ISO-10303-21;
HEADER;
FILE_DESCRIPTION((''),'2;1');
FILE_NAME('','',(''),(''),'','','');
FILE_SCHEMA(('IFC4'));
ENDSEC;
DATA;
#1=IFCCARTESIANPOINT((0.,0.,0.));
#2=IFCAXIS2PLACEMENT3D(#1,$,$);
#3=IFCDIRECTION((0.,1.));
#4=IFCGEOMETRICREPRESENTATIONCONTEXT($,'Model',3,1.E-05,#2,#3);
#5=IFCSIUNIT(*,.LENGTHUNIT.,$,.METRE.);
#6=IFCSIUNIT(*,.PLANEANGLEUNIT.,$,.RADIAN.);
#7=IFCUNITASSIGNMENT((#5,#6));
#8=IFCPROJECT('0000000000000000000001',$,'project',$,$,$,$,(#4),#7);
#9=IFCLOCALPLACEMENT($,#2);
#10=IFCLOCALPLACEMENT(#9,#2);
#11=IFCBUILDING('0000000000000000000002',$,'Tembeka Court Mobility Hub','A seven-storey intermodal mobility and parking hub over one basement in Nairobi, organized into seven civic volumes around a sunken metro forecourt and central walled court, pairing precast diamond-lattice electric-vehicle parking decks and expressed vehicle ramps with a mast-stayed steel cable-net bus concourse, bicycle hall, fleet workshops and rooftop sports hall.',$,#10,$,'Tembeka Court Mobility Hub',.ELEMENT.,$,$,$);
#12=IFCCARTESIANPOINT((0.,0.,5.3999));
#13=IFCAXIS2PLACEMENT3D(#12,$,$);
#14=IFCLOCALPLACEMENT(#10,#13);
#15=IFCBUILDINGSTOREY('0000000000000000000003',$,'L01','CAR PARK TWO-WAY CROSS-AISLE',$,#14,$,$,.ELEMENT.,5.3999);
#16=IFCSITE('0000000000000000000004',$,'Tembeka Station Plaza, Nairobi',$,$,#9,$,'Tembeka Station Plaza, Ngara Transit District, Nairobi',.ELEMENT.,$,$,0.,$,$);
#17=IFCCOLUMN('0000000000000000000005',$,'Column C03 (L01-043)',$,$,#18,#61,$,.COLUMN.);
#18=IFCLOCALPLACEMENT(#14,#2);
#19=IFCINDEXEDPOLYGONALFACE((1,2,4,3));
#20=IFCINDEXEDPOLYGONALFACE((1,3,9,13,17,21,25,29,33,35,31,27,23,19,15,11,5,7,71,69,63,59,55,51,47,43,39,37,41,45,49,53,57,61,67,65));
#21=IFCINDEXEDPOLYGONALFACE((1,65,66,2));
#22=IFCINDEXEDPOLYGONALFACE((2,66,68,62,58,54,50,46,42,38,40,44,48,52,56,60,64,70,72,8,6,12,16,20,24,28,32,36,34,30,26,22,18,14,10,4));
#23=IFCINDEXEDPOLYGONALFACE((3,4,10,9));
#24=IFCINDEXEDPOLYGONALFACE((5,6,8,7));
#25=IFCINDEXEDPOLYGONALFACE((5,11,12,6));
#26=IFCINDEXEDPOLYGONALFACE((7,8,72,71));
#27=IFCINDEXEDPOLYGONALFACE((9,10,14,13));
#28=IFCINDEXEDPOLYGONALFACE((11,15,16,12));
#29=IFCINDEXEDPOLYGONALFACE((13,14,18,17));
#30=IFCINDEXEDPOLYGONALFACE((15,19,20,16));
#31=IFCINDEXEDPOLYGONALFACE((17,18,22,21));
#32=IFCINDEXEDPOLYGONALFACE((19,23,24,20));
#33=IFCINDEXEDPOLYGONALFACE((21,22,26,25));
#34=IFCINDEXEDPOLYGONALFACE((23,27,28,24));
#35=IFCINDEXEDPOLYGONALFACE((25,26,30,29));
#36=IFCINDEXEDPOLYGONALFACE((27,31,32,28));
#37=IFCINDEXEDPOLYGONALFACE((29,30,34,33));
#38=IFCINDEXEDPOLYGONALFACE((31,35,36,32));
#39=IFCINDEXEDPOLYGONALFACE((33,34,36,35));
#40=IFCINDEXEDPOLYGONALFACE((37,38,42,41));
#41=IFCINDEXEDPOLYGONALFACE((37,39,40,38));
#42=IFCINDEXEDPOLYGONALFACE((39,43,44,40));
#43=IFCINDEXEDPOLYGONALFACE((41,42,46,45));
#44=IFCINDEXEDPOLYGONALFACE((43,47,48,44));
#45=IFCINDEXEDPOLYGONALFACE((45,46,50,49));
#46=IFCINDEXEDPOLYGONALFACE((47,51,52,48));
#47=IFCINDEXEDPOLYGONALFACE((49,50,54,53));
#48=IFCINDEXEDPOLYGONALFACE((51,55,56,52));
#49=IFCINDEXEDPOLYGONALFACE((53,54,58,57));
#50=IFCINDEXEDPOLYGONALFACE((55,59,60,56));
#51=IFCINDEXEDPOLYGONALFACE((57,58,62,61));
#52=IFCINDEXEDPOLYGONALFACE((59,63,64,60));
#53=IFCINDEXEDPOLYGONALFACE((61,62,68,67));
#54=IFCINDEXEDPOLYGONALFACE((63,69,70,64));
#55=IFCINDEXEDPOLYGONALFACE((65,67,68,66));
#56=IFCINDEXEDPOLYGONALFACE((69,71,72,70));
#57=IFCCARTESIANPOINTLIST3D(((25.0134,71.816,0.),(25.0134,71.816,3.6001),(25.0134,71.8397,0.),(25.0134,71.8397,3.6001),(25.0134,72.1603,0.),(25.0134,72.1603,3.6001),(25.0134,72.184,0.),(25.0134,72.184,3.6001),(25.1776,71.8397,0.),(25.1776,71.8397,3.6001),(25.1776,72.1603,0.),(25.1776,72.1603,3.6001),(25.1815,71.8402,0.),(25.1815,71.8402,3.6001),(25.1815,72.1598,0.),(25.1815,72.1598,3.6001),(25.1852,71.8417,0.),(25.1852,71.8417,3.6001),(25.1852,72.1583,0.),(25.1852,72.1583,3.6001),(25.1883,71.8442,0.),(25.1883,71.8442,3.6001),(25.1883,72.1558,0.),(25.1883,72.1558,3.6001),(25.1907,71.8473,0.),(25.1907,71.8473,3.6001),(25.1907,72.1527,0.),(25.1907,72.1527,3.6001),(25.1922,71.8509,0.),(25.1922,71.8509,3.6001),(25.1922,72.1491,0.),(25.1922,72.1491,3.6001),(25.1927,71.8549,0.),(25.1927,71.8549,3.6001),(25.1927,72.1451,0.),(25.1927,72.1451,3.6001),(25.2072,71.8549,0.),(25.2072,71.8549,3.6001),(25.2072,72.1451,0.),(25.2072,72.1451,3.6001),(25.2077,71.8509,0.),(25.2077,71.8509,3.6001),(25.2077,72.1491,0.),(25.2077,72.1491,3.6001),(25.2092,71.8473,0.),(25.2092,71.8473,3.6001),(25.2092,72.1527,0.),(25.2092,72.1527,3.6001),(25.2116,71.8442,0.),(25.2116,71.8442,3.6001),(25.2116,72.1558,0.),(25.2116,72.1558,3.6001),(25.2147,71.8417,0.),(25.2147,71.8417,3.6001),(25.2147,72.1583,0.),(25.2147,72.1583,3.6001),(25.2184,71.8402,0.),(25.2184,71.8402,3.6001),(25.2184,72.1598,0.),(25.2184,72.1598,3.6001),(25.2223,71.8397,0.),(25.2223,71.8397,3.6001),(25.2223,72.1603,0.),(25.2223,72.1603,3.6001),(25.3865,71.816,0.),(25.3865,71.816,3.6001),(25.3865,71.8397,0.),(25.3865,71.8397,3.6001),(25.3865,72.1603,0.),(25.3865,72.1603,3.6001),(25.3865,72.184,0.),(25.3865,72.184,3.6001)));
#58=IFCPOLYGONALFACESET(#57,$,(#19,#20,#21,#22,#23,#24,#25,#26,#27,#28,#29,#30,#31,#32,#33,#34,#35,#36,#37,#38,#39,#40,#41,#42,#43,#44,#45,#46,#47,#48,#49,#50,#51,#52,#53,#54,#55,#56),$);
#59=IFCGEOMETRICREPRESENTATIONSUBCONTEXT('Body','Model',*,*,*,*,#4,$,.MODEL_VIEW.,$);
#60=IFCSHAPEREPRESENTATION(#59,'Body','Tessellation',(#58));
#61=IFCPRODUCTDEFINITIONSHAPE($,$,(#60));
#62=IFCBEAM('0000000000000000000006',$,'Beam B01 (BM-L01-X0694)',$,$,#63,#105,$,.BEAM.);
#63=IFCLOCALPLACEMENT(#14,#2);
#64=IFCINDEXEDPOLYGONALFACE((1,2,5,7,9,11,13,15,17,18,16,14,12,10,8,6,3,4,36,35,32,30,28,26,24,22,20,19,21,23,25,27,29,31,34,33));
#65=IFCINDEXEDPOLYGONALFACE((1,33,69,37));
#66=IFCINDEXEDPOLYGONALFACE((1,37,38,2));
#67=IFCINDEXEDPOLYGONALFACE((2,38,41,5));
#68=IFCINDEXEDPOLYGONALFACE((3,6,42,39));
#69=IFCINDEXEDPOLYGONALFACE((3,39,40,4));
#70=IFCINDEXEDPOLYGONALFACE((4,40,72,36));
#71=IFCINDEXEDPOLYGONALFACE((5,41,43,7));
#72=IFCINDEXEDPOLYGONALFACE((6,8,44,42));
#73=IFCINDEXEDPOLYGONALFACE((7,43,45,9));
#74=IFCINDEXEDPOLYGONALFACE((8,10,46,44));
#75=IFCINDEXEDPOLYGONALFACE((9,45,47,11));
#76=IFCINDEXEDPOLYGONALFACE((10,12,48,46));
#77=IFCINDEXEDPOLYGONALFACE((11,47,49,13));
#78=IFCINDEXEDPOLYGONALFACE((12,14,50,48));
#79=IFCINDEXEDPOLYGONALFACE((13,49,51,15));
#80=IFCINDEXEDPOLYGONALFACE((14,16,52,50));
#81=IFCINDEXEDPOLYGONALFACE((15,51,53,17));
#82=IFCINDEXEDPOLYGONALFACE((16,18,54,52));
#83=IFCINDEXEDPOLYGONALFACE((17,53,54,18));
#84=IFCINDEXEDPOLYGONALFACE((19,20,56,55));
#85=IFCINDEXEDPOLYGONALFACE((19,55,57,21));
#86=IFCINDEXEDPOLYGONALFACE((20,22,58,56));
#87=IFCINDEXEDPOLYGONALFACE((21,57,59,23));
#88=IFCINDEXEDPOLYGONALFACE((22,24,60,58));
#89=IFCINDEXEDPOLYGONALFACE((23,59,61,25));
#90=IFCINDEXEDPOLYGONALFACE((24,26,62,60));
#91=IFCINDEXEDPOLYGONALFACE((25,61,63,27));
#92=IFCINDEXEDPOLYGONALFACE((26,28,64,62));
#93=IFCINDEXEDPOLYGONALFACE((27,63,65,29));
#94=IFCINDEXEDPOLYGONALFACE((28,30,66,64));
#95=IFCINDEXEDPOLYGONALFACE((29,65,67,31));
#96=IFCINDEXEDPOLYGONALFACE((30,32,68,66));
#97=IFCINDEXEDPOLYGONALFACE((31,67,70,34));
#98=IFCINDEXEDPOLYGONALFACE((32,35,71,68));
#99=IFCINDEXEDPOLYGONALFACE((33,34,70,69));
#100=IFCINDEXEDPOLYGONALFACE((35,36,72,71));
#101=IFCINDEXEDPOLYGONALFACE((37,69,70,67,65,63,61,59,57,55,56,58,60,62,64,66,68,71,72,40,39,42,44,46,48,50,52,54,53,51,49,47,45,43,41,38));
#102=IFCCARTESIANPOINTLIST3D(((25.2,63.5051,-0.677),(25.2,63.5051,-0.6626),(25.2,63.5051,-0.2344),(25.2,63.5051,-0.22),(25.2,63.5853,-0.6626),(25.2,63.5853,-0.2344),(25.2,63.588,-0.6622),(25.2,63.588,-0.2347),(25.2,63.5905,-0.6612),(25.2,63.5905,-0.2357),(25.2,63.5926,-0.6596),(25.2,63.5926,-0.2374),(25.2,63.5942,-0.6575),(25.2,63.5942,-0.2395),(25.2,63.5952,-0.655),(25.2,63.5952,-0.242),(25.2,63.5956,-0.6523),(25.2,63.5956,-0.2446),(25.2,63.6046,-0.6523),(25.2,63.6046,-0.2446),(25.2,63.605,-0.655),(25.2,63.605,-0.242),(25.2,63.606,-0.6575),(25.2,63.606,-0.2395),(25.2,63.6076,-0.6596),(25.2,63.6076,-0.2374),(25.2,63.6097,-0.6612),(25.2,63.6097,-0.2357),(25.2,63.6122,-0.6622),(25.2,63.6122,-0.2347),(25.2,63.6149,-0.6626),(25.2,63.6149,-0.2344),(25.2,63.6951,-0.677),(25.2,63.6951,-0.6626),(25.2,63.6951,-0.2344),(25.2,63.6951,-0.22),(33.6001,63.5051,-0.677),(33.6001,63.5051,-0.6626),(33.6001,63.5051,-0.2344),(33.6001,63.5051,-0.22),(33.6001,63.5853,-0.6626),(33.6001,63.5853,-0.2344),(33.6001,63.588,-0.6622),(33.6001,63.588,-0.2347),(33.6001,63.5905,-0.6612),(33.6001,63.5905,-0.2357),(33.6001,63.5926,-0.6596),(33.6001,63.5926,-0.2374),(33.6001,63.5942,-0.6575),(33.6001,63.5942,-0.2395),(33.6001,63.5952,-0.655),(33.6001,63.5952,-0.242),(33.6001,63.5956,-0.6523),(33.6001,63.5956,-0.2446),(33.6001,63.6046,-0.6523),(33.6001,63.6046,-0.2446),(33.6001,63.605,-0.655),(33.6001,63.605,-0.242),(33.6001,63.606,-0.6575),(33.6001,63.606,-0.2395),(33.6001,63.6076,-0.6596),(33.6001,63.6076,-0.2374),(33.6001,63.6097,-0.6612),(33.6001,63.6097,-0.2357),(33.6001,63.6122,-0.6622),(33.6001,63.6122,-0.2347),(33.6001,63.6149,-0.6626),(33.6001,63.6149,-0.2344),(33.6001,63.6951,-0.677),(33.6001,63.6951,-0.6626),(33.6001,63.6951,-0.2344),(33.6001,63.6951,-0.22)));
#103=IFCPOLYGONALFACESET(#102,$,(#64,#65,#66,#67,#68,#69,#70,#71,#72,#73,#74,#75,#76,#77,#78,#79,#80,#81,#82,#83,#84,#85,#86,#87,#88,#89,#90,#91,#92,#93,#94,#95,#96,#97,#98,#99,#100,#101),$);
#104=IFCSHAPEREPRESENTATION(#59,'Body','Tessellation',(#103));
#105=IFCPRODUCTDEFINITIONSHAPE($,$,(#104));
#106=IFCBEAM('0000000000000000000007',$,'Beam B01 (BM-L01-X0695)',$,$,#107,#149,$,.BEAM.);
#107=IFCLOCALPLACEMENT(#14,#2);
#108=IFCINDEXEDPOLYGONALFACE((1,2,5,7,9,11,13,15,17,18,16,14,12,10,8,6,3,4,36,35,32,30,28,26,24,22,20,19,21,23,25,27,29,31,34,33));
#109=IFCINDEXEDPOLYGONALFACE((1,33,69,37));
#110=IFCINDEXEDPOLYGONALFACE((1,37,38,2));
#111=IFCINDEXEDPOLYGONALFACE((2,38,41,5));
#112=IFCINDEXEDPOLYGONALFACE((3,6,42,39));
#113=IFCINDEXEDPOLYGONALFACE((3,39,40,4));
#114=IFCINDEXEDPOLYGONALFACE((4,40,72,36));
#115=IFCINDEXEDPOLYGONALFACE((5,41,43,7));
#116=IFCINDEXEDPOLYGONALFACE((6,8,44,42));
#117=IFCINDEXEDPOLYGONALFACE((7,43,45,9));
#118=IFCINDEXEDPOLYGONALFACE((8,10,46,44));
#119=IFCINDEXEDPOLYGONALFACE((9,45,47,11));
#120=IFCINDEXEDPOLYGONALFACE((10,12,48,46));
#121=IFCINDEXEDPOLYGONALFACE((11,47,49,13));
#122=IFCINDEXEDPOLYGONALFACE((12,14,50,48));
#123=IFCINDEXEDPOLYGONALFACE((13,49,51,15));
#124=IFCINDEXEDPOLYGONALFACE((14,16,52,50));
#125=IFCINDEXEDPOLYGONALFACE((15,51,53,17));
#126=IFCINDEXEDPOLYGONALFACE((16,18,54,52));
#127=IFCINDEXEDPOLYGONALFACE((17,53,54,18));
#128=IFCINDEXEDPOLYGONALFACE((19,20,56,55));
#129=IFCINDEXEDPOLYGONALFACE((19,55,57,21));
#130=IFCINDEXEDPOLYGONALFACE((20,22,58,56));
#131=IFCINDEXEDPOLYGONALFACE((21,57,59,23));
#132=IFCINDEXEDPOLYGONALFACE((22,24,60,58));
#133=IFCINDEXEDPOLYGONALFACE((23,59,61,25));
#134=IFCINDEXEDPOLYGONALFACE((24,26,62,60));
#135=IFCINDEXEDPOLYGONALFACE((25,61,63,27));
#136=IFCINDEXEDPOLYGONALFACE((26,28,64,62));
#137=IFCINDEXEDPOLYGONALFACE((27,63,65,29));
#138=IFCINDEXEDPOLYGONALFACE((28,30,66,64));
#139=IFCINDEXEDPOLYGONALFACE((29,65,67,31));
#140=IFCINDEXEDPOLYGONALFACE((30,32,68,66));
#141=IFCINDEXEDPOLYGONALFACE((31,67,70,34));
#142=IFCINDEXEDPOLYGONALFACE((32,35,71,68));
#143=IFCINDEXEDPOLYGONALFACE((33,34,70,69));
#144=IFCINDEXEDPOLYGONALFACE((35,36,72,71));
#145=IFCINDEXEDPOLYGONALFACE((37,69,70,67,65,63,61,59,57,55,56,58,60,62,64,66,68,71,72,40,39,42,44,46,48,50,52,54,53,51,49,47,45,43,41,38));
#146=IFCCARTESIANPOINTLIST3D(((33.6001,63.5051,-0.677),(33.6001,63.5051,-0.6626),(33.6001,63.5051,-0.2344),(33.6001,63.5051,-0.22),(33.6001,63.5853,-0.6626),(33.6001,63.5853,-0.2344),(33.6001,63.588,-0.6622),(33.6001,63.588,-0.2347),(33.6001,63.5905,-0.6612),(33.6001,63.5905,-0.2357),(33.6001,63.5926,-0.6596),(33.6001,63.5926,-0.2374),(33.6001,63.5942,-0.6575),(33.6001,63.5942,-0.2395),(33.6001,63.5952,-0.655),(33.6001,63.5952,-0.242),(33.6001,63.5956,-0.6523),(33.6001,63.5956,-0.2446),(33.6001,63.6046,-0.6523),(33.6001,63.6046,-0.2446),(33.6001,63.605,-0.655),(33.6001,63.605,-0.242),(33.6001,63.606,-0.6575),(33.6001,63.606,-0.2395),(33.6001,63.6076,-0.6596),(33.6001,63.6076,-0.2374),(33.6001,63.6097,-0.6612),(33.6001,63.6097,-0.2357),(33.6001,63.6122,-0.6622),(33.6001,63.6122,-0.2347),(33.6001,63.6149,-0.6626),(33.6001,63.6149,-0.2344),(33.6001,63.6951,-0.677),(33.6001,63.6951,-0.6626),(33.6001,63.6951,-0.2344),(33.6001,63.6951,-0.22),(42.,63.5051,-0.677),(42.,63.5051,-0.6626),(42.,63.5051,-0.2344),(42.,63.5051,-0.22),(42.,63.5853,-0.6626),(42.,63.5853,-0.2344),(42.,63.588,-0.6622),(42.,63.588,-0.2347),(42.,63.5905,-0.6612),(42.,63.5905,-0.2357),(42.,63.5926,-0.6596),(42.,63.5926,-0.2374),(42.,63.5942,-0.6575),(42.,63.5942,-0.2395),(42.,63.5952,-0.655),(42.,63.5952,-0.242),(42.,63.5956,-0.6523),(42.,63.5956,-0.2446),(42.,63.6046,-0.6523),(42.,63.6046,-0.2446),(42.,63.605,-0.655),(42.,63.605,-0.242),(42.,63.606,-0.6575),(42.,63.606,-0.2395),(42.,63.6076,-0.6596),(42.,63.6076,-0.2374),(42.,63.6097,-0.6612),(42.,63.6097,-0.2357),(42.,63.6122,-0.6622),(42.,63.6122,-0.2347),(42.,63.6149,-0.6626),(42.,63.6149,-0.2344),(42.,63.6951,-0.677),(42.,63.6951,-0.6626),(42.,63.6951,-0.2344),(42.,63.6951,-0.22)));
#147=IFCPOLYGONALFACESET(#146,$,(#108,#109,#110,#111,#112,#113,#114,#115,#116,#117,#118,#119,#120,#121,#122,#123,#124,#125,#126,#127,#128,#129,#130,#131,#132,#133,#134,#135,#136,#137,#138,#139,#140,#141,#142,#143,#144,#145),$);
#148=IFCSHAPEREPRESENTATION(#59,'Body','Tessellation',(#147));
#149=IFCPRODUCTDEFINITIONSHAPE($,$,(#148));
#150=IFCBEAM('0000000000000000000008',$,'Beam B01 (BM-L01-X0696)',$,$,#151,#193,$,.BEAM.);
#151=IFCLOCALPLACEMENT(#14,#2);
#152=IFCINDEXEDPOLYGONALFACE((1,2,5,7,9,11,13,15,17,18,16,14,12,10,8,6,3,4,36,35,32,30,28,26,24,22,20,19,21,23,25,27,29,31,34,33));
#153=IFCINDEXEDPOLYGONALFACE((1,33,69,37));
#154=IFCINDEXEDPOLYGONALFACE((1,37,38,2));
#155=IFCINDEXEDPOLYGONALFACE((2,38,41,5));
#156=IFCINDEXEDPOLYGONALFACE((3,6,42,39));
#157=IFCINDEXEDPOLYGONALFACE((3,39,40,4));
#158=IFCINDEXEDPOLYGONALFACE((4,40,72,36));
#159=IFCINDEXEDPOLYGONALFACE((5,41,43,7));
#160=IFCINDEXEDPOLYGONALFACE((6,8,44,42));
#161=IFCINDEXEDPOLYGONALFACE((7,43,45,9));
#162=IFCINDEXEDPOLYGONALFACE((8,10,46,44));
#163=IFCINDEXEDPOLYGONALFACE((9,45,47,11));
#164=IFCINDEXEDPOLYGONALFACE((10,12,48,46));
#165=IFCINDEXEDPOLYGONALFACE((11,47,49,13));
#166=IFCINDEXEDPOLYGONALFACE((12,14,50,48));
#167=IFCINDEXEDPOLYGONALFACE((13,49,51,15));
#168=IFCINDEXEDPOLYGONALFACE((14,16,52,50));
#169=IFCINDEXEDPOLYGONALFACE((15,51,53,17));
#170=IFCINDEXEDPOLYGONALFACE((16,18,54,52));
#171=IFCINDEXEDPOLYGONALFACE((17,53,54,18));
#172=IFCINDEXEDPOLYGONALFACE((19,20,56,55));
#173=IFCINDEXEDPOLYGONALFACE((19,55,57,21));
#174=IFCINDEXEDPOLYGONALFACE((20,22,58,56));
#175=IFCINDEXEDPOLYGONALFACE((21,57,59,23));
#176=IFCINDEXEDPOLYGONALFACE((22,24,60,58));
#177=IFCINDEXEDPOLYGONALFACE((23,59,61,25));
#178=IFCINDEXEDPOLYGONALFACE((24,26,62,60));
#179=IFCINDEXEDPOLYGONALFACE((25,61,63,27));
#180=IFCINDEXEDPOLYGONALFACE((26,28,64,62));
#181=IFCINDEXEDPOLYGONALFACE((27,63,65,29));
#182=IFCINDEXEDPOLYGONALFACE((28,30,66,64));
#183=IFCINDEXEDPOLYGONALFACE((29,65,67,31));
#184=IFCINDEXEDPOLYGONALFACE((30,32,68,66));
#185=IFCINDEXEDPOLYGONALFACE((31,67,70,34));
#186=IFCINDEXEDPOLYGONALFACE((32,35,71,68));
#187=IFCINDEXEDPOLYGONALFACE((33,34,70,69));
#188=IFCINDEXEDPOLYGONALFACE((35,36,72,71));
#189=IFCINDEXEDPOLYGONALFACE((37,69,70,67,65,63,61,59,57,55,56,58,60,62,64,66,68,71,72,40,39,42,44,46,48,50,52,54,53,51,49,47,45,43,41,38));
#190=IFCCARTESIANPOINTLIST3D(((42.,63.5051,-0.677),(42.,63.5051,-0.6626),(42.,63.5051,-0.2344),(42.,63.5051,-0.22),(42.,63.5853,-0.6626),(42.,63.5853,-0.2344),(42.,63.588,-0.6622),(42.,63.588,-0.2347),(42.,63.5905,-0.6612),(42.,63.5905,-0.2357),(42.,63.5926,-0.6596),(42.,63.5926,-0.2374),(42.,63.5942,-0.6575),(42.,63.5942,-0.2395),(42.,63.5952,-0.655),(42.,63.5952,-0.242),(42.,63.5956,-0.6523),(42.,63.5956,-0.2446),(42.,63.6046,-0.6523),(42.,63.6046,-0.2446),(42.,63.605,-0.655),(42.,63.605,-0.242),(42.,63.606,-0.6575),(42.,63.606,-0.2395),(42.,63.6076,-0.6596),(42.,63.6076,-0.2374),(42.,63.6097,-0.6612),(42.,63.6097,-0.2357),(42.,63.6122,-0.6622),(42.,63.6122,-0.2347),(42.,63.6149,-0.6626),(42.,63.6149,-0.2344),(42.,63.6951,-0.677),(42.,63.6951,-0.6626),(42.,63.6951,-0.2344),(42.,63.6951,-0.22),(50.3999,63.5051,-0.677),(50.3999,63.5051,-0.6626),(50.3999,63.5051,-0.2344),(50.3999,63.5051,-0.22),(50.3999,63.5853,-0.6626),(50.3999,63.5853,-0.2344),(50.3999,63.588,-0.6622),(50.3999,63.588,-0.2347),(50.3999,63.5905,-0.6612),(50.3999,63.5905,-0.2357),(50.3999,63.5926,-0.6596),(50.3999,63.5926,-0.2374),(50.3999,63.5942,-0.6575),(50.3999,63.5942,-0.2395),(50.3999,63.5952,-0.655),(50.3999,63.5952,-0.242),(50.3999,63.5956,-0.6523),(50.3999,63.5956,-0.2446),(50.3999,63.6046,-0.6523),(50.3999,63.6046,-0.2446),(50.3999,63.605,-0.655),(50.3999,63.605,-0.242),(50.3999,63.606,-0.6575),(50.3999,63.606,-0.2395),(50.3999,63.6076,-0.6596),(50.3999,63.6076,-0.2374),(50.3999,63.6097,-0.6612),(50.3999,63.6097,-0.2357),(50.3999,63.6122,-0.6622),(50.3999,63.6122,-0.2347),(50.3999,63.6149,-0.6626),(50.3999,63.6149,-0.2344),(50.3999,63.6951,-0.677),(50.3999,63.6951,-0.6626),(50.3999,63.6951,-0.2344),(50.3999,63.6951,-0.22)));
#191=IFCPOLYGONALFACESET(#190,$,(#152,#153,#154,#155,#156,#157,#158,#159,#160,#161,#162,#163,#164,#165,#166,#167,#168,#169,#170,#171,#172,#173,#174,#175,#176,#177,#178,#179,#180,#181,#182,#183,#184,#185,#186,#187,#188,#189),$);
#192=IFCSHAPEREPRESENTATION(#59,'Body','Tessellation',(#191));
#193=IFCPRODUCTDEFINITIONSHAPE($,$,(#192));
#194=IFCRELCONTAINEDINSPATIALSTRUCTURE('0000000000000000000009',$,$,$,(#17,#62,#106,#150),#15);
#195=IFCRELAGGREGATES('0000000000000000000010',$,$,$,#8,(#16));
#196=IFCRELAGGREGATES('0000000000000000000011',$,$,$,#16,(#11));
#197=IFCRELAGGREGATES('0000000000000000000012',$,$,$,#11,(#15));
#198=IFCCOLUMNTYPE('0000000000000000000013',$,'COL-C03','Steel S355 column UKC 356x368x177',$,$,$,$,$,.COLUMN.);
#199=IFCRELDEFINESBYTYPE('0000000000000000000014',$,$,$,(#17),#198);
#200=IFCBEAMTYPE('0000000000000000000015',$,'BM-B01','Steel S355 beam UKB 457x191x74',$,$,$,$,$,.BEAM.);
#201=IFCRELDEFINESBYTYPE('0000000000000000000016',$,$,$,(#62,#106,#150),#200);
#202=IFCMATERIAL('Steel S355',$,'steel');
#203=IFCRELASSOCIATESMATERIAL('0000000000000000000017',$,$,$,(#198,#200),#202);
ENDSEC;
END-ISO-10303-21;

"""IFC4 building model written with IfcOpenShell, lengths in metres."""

from ifc_helpers import new_model, si_unit, direction, frame, origin, origin_2d, place, context, subcontext, project, spatial, i_section, extrude, material, material_profile, profile_set, type_object, element, save


model = new_model("IFC4")

# Units and contexts
model_context = context("Model", 3, precision=1e-05, world=origin(), true_north=direction((0.0, 1.0)))
body_context = subcontext(model_context, "Body", "Model", "MODEL_VIEW")
ifc_project = project(units=[si_unit("LENGTHUNIT", "METRE"), si_unit("PLANEANGLEUNIT", "RADIAN")], contexts=[model_context])

# Site, building, storey
site_placement = place(None, origin())
site = spatial("IfcSite", under=ifc_project, at=site_placement, Name="Tembeka Station Plaza, Nairobi", LongName="Tembeka Station Plaza, Ngara Transit District, Nairobi", CompositionType="ELEMENT", RefElevation=0.0)
building_placement = place(site_placement, origin())
building = spatial("IfcBuilding", under=site, at=building_placement, Name="Tembeka Court Mobility Hub", Description="A seven-storey intermodal mobility and parking hub over one basement in Nairobi, organized into seven civic volumes around a sunken metro forecourt and central walled court, pairing precast diamond-lattice electric-vehicle parking decks and expressed vehicle ramps with a mast-stayed steel cable-net bus concourse, bicycle hall, fleet workshops and rooftop sports hall.", LongName="Tembeka Court Mobility Hub", CompositionType="ELEMENT")
storey_placement = place(building_placement, frame((0.0, 0.0, 5.3999)))
storey = spatial("IfcBuildingStorey", under=building, at=storey_placement, Name="L01", Description="CAR PARK TWO-WAY CROSS-AISLE", CompositionType="ELEMENT", Elevation=5.3999)

# Column
ifc_material_1 = material(Name="Steel S355", Category="steel")
ifc_material_profile_1 = material_profile(ifc_material_1, i_section(OverallWidth=0.373, OverallDepth=0.3679, WebThickness=0.0144, FlangeThickness=0.0237, FilletRadius=0.0151, at=origin_2d()), Name="UKC 356x368x177")
ifc_profile_set_1 = profile_set([ifc_material_profile_1], Name="Steel S355")
column_type_1 = type_object("IfcColumnType", Name="COL-C03", Description="Steel S355 column UKC 356x368x177", PredefinedType="COLUMN", material=ifc_profile_set_1)
for number, where, z_axis, x_axis, name in (
    (1, (25.2, 72.0, 0.0), (0.0, 0.0, 1.0), (1.0, 0.0, 0.0), "Column C03 (L01-043)"),
):
    element("IfcColumn", number, at=place(storey_placement, frame(where, z_axis=z_axis, x_axis=x_axis)), inside=storey, type_object=column_type_1, Name=name, PredefinedType="COLUMN", context=body_context, shape_type="SweptSolid", body=[
        extrude(i_section(OverallWidth=0.373, OverallDepth=0.3679, WebThickness=0.0144, FlangeThickness=0.0237, FilletRadius=0.0151, at=origin_2d()), origin(), (0.0, 0.0, 1.0), 3.6001),
    ])

# Beams
ifc_material_profile_2 = material_profile(ifc_material_1, i_section(OverallWidth=0.1899, OverallDepth=0.457, WebThickness=0.009, FlangeThickness=0.0144, FilletRadius=0.0103, at=origin_2d()), Name="UKB 457x191x74")
ifc_profile_set_2 = profile_set([ifc_material_profile_2], Name="Steel S355")
beam_type_1 = type_object("IfcBeamType", Name="BM-B01", Description="Steel S355 beam UKB 457x191x74", PredefinedType="BEAM", material=ifc_profile_set_2)
beam_1_placement = place(storey_placement, frame((25.2, 63.6001, -0.4485), z_axis=(1.0, 0.0, 0.0), x_axis=(0.0, 1.0, 0.0)))
element("IfcBeam", 2, at=beam_1_placement, inside=storey, type_object=beam_type_1, Name="Beam B01 (BM-L01-X0694)", PredefinedType="BEAM", context=body_context, shape_type="SweptSolid", body=[
    extrude(i_section(OverallWidth=0.1899, OverallDepth=0.457, WebThickness=0.009, FlangeThickness=0.0144, FilletRadius=0.0103, at=origin_2d()), origin(), (0.0, 0.0, 1.0), 8.4001),
])
for number, where, z_axis, x_axis, name in (
    (3, (33.6001, 63.6001, -0.4485), (1.0, 0.0, 0.0), (0.0, 1.0, 0.0), "Beam B01 (BM-L01-X0695)"),
    (4, (42.0, 63.6001, -0.4485), (1.0, 0.0, 0.0), (0.0, 1.0, 0.0), "Beam B01 (BM-L01-X0696)"),
):
    element("IfcBeam", number, at=place(storey_placement, frame(where, z_axis=z_axis, x_axis=x_axis)), inside=storey, type_object=beam_type_1, Name=name, PredefinedType="BEAM", context=body_context, shape_type="SweptSolid", body=[
        extrude(i_section(OverallWidth=0.1899, OverallDepth=0.457, WebThickness=0.009, FlangeThickness=0.0144, FilletRadius=0.0103, at=origin_2d()), origin(), (0.0, 0.0, 1.0), 8.3999),
    ])

save(model, "model.ifc")
